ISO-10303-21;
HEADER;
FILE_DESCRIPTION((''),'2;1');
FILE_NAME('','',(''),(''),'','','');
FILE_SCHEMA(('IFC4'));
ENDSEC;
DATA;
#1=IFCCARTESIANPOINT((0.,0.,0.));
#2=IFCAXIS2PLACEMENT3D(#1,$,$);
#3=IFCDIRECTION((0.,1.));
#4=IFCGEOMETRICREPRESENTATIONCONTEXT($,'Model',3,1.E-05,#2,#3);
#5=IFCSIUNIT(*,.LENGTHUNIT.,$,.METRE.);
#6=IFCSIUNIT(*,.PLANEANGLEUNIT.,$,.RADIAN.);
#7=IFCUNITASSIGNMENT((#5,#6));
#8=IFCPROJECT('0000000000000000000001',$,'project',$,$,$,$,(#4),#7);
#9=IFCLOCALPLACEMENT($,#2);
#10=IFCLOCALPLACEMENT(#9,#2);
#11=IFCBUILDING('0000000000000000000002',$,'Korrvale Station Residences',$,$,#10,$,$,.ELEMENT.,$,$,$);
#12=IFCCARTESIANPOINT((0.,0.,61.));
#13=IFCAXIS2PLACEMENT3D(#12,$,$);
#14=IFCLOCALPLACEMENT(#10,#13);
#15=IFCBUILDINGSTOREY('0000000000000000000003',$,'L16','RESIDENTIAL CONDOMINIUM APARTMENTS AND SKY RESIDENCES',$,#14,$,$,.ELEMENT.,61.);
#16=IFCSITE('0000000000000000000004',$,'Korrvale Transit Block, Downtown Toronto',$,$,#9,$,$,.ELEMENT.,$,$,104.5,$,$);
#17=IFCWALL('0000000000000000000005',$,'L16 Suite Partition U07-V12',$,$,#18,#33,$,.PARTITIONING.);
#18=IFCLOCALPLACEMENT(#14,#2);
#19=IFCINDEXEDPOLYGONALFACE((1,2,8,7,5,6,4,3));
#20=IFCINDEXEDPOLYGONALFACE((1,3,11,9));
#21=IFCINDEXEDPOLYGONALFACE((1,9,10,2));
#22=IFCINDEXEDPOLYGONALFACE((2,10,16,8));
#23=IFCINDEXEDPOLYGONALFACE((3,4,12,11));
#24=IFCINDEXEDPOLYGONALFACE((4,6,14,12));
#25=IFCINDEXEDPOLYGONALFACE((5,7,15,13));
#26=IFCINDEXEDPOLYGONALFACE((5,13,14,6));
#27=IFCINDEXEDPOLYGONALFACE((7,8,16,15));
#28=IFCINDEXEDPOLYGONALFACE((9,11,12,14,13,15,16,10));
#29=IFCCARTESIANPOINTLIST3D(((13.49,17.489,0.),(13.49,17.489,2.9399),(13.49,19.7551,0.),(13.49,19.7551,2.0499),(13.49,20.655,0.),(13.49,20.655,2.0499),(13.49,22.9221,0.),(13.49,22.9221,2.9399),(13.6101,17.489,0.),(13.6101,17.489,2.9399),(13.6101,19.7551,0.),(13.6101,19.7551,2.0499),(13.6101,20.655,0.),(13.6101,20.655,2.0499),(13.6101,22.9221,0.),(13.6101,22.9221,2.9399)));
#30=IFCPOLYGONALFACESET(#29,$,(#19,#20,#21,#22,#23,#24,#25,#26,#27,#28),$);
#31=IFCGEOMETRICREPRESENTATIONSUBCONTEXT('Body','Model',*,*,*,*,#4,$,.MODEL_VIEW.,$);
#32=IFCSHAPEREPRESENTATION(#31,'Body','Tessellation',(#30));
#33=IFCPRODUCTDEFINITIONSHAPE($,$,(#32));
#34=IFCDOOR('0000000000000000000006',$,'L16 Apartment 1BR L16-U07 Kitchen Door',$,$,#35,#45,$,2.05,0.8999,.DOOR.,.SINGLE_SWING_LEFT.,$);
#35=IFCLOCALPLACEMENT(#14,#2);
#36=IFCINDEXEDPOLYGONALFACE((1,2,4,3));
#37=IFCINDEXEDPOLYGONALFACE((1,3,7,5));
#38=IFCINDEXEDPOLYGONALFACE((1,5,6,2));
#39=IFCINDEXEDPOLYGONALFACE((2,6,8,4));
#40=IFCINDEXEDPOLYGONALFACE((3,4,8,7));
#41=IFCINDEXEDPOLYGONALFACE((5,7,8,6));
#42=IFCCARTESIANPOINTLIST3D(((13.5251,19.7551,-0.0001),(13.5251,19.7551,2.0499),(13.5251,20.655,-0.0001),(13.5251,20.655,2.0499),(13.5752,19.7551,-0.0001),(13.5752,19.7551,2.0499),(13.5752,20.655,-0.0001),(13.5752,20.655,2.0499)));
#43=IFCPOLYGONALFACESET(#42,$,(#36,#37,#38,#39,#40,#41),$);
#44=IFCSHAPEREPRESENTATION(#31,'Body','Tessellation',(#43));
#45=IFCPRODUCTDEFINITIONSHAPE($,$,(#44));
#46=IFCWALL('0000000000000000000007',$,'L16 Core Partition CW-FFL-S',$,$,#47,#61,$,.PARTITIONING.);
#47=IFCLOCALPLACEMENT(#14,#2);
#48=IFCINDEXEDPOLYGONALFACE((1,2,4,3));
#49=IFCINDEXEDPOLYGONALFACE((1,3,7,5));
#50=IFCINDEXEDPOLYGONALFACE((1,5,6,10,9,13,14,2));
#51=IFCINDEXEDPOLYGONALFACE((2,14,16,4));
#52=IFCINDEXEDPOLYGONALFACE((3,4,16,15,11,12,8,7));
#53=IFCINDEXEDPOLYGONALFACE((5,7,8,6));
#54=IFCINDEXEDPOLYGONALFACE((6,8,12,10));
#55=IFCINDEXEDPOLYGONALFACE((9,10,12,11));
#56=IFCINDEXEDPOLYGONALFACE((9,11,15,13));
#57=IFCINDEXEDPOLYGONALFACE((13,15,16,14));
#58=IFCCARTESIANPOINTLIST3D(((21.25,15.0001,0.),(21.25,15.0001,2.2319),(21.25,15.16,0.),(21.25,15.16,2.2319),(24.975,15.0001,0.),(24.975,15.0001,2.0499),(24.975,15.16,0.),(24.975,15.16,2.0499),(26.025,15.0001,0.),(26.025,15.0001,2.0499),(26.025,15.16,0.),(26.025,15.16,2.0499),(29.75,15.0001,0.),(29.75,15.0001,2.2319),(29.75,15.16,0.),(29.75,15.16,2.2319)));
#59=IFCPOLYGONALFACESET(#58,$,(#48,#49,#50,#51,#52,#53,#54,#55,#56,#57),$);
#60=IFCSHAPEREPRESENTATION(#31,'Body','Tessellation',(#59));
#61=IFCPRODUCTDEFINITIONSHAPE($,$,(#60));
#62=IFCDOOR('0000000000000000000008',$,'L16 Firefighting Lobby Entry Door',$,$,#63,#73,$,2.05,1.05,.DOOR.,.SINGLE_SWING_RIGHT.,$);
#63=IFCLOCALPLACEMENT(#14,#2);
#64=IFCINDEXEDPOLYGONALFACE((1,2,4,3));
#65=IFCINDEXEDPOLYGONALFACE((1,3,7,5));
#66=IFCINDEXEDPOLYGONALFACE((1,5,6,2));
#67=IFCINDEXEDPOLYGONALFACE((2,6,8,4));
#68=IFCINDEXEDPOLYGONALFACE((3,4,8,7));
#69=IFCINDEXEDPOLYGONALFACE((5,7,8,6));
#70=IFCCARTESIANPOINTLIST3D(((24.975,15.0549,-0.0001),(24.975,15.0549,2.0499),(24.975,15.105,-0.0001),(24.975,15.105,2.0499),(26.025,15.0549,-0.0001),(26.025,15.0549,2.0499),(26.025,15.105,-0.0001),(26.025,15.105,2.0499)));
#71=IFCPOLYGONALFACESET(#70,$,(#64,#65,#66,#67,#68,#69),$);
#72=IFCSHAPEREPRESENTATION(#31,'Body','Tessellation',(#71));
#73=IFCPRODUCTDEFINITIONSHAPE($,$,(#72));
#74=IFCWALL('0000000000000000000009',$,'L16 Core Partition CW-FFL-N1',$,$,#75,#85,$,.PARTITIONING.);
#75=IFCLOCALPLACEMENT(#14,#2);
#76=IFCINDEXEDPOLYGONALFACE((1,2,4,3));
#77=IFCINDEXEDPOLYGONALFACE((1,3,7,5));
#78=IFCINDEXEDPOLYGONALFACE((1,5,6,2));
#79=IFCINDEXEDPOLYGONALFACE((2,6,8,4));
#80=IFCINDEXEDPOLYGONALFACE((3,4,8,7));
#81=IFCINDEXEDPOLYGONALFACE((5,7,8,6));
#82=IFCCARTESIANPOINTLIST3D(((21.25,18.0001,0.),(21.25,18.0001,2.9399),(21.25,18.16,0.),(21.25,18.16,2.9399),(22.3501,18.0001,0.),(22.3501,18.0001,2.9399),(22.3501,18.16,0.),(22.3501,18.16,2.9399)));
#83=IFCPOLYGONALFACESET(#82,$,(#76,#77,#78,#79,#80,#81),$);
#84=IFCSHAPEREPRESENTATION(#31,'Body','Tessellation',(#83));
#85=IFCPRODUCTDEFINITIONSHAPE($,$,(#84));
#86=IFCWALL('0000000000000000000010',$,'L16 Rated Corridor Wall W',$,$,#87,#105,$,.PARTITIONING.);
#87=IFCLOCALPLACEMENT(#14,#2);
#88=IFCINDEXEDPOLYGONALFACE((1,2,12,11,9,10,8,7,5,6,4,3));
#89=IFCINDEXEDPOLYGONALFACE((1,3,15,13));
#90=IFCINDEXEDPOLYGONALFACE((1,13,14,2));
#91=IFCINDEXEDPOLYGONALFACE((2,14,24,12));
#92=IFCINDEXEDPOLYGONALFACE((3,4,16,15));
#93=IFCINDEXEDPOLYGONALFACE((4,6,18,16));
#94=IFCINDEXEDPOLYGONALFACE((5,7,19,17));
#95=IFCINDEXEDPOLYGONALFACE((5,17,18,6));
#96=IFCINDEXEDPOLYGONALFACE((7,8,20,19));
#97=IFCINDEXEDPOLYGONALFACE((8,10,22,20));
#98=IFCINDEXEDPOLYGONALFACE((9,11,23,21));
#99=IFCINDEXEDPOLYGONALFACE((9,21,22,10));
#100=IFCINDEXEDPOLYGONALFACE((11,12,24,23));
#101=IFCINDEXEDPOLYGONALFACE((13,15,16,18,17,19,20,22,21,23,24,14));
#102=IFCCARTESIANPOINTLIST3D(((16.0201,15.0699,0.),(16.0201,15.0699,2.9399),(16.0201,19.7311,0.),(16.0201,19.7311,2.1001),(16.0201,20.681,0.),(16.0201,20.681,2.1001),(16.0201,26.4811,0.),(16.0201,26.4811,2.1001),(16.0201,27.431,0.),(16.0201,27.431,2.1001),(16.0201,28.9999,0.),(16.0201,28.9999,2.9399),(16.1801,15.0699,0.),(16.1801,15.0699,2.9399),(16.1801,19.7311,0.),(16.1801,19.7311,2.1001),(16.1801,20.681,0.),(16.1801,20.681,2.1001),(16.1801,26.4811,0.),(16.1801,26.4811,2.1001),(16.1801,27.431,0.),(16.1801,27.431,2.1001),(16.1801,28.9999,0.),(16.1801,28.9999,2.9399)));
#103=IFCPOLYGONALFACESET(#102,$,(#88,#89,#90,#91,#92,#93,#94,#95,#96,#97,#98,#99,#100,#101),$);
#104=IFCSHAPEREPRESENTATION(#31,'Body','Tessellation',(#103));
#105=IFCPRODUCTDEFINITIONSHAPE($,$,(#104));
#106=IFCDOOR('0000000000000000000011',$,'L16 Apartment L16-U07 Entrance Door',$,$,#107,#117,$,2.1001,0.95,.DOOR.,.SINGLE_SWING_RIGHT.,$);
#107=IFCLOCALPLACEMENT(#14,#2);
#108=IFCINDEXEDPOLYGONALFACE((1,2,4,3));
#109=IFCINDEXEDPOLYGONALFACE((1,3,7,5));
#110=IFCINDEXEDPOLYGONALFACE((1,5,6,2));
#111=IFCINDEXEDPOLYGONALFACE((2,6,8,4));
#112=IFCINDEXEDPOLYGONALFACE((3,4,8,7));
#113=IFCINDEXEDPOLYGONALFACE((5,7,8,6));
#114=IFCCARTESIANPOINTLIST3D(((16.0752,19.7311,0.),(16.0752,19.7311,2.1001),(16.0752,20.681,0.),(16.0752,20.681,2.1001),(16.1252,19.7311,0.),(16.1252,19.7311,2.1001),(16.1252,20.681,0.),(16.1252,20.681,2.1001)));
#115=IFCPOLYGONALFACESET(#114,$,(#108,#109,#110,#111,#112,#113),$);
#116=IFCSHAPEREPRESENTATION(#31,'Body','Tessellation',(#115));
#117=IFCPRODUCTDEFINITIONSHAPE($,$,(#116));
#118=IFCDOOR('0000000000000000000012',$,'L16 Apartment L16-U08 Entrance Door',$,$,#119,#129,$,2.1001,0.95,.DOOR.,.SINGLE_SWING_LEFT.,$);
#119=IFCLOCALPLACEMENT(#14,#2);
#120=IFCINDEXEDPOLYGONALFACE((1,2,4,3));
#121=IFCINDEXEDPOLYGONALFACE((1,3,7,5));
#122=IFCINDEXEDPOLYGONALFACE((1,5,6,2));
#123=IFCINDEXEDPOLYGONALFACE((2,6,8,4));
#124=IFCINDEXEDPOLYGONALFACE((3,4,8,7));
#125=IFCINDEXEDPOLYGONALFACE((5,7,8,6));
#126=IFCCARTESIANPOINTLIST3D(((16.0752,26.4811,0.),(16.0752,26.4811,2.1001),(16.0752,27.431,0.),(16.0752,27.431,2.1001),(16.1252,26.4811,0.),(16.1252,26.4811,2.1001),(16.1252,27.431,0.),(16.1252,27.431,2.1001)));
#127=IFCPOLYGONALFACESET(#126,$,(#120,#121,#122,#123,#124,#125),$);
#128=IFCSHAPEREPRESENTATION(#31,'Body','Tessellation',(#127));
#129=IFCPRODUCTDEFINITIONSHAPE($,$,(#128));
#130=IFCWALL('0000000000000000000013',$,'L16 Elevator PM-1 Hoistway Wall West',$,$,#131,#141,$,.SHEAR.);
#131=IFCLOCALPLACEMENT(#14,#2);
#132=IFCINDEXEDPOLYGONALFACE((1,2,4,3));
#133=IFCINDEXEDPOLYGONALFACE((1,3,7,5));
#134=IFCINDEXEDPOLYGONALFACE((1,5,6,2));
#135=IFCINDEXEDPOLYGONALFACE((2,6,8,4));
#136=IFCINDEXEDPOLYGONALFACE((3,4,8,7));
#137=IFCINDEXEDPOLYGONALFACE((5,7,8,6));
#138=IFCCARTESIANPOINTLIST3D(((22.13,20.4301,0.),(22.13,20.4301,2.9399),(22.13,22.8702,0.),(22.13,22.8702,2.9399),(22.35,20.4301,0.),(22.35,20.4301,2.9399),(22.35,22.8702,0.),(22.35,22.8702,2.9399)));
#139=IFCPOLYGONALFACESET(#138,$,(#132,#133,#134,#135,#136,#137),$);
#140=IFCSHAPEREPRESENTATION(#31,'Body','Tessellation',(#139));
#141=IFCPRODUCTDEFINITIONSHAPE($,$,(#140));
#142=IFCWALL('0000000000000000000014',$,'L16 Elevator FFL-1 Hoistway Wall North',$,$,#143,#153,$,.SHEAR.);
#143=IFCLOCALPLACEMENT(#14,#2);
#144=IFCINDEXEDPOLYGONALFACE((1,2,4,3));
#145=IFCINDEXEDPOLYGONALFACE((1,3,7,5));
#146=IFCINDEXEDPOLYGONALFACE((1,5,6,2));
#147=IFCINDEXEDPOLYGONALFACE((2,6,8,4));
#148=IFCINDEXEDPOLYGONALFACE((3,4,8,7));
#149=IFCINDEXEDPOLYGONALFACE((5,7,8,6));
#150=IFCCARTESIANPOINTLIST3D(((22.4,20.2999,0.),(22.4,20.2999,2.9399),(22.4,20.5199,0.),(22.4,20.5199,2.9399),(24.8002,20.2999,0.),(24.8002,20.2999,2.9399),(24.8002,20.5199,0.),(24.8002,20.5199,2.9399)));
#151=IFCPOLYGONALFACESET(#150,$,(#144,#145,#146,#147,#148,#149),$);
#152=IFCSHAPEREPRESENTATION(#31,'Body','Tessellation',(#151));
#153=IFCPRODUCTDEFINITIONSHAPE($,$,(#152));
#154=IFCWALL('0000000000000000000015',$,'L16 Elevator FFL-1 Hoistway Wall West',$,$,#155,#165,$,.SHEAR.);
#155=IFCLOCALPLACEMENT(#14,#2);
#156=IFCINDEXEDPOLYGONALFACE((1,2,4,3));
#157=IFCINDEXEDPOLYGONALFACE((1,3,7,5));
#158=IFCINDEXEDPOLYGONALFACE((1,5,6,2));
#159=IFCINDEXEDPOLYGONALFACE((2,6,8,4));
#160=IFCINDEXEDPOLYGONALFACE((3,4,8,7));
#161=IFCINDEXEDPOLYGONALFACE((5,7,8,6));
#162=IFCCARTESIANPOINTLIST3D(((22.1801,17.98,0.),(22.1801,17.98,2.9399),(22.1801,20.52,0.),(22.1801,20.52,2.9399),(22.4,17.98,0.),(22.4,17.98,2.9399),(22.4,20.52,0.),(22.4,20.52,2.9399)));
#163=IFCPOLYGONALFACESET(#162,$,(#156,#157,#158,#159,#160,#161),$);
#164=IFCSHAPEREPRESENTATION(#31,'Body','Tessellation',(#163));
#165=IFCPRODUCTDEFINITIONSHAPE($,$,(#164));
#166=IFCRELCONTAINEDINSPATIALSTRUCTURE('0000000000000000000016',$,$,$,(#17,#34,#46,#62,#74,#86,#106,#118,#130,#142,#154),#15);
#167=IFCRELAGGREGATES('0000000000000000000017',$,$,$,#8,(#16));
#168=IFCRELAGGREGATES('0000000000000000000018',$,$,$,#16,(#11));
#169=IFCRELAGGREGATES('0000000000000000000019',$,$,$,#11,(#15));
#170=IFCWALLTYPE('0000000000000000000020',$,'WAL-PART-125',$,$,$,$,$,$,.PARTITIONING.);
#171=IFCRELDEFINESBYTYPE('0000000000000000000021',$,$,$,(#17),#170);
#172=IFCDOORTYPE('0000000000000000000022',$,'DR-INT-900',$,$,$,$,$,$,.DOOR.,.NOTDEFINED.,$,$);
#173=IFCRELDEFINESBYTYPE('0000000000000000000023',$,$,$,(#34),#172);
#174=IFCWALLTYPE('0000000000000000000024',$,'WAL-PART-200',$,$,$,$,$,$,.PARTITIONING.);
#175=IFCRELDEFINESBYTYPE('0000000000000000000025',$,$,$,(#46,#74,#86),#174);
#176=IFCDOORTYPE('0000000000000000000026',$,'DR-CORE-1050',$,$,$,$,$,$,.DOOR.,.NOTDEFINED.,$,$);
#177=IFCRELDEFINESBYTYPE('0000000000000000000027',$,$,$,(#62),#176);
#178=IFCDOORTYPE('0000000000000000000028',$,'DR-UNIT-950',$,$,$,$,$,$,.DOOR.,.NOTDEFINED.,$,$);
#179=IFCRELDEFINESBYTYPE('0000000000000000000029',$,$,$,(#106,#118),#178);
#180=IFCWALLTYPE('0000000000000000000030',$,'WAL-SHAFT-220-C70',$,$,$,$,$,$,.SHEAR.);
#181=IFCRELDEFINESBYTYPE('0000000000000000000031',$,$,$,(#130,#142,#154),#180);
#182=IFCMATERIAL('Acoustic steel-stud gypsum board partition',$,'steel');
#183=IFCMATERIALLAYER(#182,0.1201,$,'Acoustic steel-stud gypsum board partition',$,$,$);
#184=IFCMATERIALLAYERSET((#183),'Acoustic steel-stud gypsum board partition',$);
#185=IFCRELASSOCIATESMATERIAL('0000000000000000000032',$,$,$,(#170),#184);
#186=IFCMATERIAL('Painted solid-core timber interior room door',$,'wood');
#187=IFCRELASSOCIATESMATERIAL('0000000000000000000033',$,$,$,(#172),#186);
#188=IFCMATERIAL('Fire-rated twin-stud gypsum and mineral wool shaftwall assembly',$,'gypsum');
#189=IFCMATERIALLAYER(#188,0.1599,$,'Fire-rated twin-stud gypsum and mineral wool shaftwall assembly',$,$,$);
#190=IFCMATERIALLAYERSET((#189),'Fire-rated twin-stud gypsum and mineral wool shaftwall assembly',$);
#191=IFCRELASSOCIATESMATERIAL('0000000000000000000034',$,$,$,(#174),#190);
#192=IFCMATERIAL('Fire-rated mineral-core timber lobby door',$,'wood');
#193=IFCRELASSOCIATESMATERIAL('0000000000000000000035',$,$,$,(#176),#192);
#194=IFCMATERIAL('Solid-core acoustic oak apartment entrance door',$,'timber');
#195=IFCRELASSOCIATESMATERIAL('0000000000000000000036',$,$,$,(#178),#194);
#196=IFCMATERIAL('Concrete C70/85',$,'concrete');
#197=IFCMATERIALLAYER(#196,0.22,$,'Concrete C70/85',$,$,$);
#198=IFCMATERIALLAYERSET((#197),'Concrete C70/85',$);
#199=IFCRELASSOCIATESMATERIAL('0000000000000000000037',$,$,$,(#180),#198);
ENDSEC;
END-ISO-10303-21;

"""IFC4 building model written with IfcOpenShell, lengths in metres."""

from ifc_helpers import new_model, si_unit, direction, frame, frame_2d, origin, place, context, subcontext, project, spatial, rectangle, extrude, material, layer, layer_set, type_object, element, fill, save


model = new_model("IFC4")

# Units and contexts
model_context = context("Model", 3, precision=1e-05, world=origin(), true_north=direction((0.0, 1.0)))
body_context = subcontext(model_context, "Body", "Model", "MODEL_VIEW")
ifc_project = project(units=[si_unit("LENGTHUNIT", "METRE"), si_unit("PLANEANGLEUNIT", "RADIAN")], contexts=[model_context])

# Site, building, storey
site_placement = place(None, origin())
site = spatial("IfcSite", under=ifc_project, at=site_placement, Name="Korrvale Transit Block, Downtown Toronto", CompositionType="ELEMENT", RefElevation=104.5)
building_placement = place(site_placement, origin())
building = spatial("IfcBuilding", under=site, at=building_placement, Name="Korrvale Station Residences", CompositionType="ELEMENT")
storey_placement = place(building_placement, frame((0.0, 0.0, 61.0)))
storey = spatial("IfcBuildingStorey", under=building, at=storey_placement, Name="L16", Description="RESIDENTIAL CONDOMINIUM APARTMENTS AND SKY RESIDENCES", CompositionType="ELEMENT", Elevation=61.0)

# Shared definitions
ifc_material_1 = material(Name="Concrete C70/85", Category="concrete")

# Shared definitions
ifc_material_2 = material(Name="Acoustic steel-stud gypsum board partition", Category="steel")
ifc_layer_1 = layer(ifc_material_2, 0.1201, Name="Acoustic steel-stud gypsum board partition")
ifc_layer_set_1 = layer_set([ifc_layer_1], Name="Acoustic steel-stud gypsum board partition")
wall_type_1 = type_object("IfcWallType", Name="WAL-PART-125", PredefinedType="PARTITIONING", material=ifc_layer_set_1)

# Walls, openings, doors
wall_1_placement = place(storey_placement, frame((13.55, 17.489, 0.0), z_axis=(0.0, 0.0, 1.0), x_axis=(0.0, 1.0, 0.0)))
wall_1 = element("IfcWall", 1, at=wall_1_placement, inside=storey, type_object=wall_type_1, Name="L16 Suite Partition U07-V12", PredefinedType="PARTITIONING", context=body_context, shape_type="SweptSolid", body=[
    extrude(rectangle(XDim=5.4331, YDim=0.1201, at=frame_2d((2.7166, 0.0))), origin(), (0.0, 0.0, 1.0), 2.9399),
])
opening_1_placement = place(wall_1_placement, frame((2.2661, 0.0, 0.0)))
opening_1 = element("IfcOpeningElement", 2, at=opening_1_placement, cuts=wall_1, PredefinedType="OPENING", context=body_context, shape_type="SweptSolid", body=[
    extrude(rectangle(XDim=0.8999, YDim=2.05, at=frame_2d((0.45, 1.0249))), frame((0.0, 0.0701, 0.0), z_axis=(0.0, -1.0, 0.0), x_axis=(1.0, 0.0, 0.0)), (0.0, 0.0, 1.0), 0.1401),
])
ifc_material_3 = material(Name="Painted solid-core timber interior room door", Category="wood")
door_type_1 = type_object("IfcDoorType", Name="DR-INT-900", OperationType="NOTDEFINED", PredefinedType="DOOR", material=ifc_material_3)
door_1_placement = place(opening_1_placement, origin())
door_1 = element("IfcDoor", 3, at=door_1_placement, inside=storey, type_object=door_type_1, Name="L16 Apartment 1BR L16-U07 Kitchen Door", OperationType="SINGLE_SWING_LEFT", OverallHeight=2.05, OverallWidth=0.8999, PredefinedType="DOOR", context=body_context, shape_type="SweptSolid", body=[
    extrude(rectangle(XDim=0.8999, YDim=2.05, at=frame_2d((0.45, 1.0249))), frame((0.0, 0.0249, 0.0), z_axis=(0.0, -1.0, 0.0), x_axis=(1.0, 0.0, 0.0)), (0.0, 0.0, 1.0), 0.05),
])
fill(opening_1, door_1)
ifc_material_4 = material(Name="Fire-rated twin-stud gypsum and mineral wool shaftwall assembly", Category="gypsum")
ifc_layer_2 = layer(ifc_material_4, 0.1599, Name="Fire-rated twin-stud gypsum and mineral wool shaftwall assembly")
ifc_layer_set_2 = layer_set([ifc_layer_2], Name="Fire-rated twin-stud gypsum and mineral wool shaftwall assembly")
wall_type_2 = type_object("IfcWallType", Name="WAL-PART-200", PredefinedType="PARTITIONING", material=ifc_layer_set_2)
wall_2_placement = place(storey_placement, frame((21.25, 15.0801, 0.0), z_axis=(0.0, 0.0, 1.0), x_axis=(1.0, 0.0, 0.0)))
wall_2 = element("IfcWall", 4, at=wall_2_placement, inside=storey, type_object=wall_type_2, Name="L16 Core Partition CW-FFL-S", PredefinedType="PARTITIONING", context=body_context, shape_type="SweptSolid", body=[
    extrude(rectangle(XDim=8.5, YDim=0.1599, at=frame_2d((4.25, 0.0))), origin(), (0.0, 0.0, 1.0), 2.2319),
])
opening_2_placement = place(wall_2_placement, frame((3.7251, 0.0, 0.0)))
opening_2 = element("IfcOpeningElement", 5, at=opening_2_placement, cuts=wall_2, PredefinedType="OPENING", context=body_context, shape_type="SweptSolid", body=[
    extrude(rectangle(XDim=1.05, YDim=2.05, at=frame_2d((0.5249, 1.0249))), frame((0.0, 0.0898, 0.0), z_axis=(0.0, -1.0, 0.0), x_axis=(1.0, 0.0, 0.0)), (0.0, 0.0, 1.0), 0.1799),
])
ifc_material_5 = material(Name="Fire-rated mineral-core timber lobby door", Category="wood")
door_type_2 = type_object("IfcDoorType", Name="DR-CORE-1050", OperationType="NOTDEFINED", PredefinedType="DOOR", material=ifc_material_5)
door_2_placement = place(opening_2_placement, origin())
door_2 = element("IfcDoor", 6, at=door_2_placement, inside=storey, type_object=door_type_2, Name="L16 Firefighting Lobby Entry Door", OperationType="SINGLE_SWING_RIGHT", OverallHeight=2.05, OverallWidth=1.05, PredefinedType="DOOR", context=body_context, shape_type="SweptSolid", body=[
    extrude(rectangle(XDim=1.05, YDim=2.05, at=frame_2d((0.5249, 1.0249))), frame((0.0, 0.0249, 0.0), z_axis=(0.0, -1.0, 0.0), x_axis=(1.0, 0.0, 0.0)), (0.0, 0.0, 1.0), 0.05),
])
fill(opening_2, door_2)

# Wall
wall_3_placement = place(storey_placement, frame((21.25, 18.0801, 0.0), z_axis=(0.0, 0.0, 1.0), x_axis=(1.0, 0.0, 0.0)))
element("IfcWall", 7, at=wall_3_placement, inside=storey, type_object=wall_type_2, Name="L16 Core Partition CW-FFL-N1", PredefinedType="PARTITIONING", context=body_context, shape_type="SweptSolid", body=[
    extrude(rectangle(XDim=1.1001, YDim=0.1599, at=frame_2d((0.55, 0.0))), origin(), (0.0, 0.0, 1.0), 2.9399),
])

# Wall, openings, doors
wall_4_placement = place(storey_placement, frame((16.1001, 15.0701, 0.0), z_axis=(0.0, 0.0, 1.0), x_axis=(0.0, 1.0, 0.0)))
wall_4 = element("IfcWall", 8, at=wall_4_placement, inside=storey, type_object=wall_type_2, Name="L16 Rated Corridor Wall W", PredefinedType="PARTITIONING", context=body_context, shape_type="SweptSolid", body=[
    extrude(rectangle(XDim=13.9299, YDim=0.1599, at=frame_2d((6.9648, 0.0))), origin(), (0.0, 0.0, 1.0), 2.9399),
])
opening_3_placement = place(wall_4_placement, frame((4.6609, 0.0, 0.0)))
opening_3 = element("IfcOpeningElement", 9, at=opening_3_placement, cuts=wall_4, PredefinedType="OPENING", context=body_context, shape_type="SweptSolid", body=[
    extrude(rectangle(XDim=0.95, YDim=2.1001, at=frame_2d((0.4751, 1.05))), frame((0.0, 0.0898, 0.0), z_axis=(0.0, -1.0, 0.0), x_axis=(1.0, 0.0, 0.0)), (0.0, 0.0, 1.0), 0.1799),
])
opening_4_placement = place(wall_4_placement, frame((11.4109, 0.0, 0.0)))
opening_4 = element("IfcOpeningElement", 10, at=opening_4_placement, cuts=wall_4, PredefinedType="OPENING", context=body_context, shape_type="SweptSolid", body=[
    extrude(rectangle(XDim=0.95, YDim=2.1001, at=frame_2d((0.4751, 1.05))), frame((0.0, 0.0898, 0.0), z_axis=(0.0, -1.0, 0.0), x_axis=(1.0, 0.0, 0.0)), (0.0, 0.0, 1.0), 0.1799),
])
ifc_material_6 = material(Name="Solid-core acoustic oak apartment entrance door", Category="timber")
door_type_3 = type_object("IfcDoorType", Name="DR-UNIT-950", OperationType="NOTDEFINED", PredefinedType="DOOR", material=ifc_material_6)
door_3_placement = place(opening_3_placement, origin())
door_3 = element("IfcDoor", 11, at=door_3_placement, inside=storey, type_object=door_type_3, Name="L16 Apartment L16-U07 Entrance Door", OperationType="SINGLE_SWING_RIGHT", OverallHeight=2.1001, OverallWidth=0.95, PredefinedType="DOOR", context=body_context, shape_type="SweptSolid", body=[
    extrude(rectangle(XDim=0.95, YDim=2.1001, at=frame_2d((0.4751, 1.05))), frame((0.0, 0.0249, 0.0), z_axis=(0.0, -1.0, 0.0), x_axis=(1.0, 0.0, 0.0)), (0.0, 0.0, 1.0), 0.05),
])
fill(opening_3, door_3)
door_4_placement = place(opening_4_placement, origin())
door_4 = element("IfcDoor", 12, at=door_4_placement, inside=storey, type_object=door_type_3, Name="L16 Apartment L16-U08 Entrance Door", OperationType="SINGLE_SWING_LEFT", OverallHeight=2.1001, OverallWidth=0.95, PredefinedType="DOOR", context=body_context, shape_type="SweptSolid", body=[
    extrude(rectangle(XDim=0.95, YDim=2.1001, at=frame_2d((0.4751, 1.05))), frame((0.0, 0.0249, 0.0), z_axis=(0.0, -1.0, 0.0), x_axis=(1.0, 0.0, 0.0)), (0.0, 0.0, 1.0), 0.05),
])
fill(opening_4, door_4)

# Wall
ifc_layer_3 = layer(ifc_material_1, 0.22, Name="Concrete C70/85")
ifc_layer_set_3 = layer_set([ifc_layer_3], Name="Concrete C70/85")
wall_type_3 = type_object("IfcWallType", Name="WAL-SHAFT-220-C70", PredefinedType="SHEAR", material=ifc_layer_set_3)
wall_5_placement = place(storey_placement, frame((22.24, 20.4299, 0.0), z_axis=(0.0, 0.0, 1.0), x_axis=(0.0, 1.0, 0.0)))
element("IfcWall", 13, at=wall_5_placement, inside=storey, type_object=wall_type_3, Name="L16 Elevator PM-1 Hoistway Wall West", PredefinedType="SHEAR", context=body_context, shape_type="SweptSolid", body=[
    extrude(rectangle(XDim=2.4402, YDim=0.22, at=frame_2d((1.2202, 0.0))), origin(), (0.0, 0.0, 1.0), 2.9399),
])

# Walls
wall_6_placement = place(storey_placement, frame((22.3999, 20.4099, 0.0), z_axis=(0.0, 0.0, 1.0), x_axis=(1.0, 0.0, 0.0)))
element("IfcWall", 14, at=wall_6_placement, inside=storey, type_object=wall_type_3, Name="L16 Elevator FFL-1 Hoistway Wall North", PredefinedType="SHEAR", context=body_context, shape_type="SweptSolid", body=[
    extrude(rectangle(XDim=2.4001, YDim=0.22, at=frame_2d((1.2002, 0.0))), origin(), (0.0, 0.0, 1.0), 2.9399),
])
wall_7_placement = place(storey_placement, frame((22.29, 17.98, 0.0), z_axis=(0.0, 0.0, 1.0), x_axis=(0.0, 1.0, 0.0)))
element("IfcWall", 15, at=wall_7_placement, inside=storey, type_object=wall_type_3, Name="L16 Elevator FFL-1 Hoistway Wall West", PredefinedType="SHEAR", context=body_context, shape_type="SweptSolid", body=[
    extrude(rectangle(XDim=2.54, YDim=0.22, at=frame_2d((1.27, 0.0))), origin(), (0.0, 0.0, 1.0), 2.9399),
])

save(model, "model.ifc")
